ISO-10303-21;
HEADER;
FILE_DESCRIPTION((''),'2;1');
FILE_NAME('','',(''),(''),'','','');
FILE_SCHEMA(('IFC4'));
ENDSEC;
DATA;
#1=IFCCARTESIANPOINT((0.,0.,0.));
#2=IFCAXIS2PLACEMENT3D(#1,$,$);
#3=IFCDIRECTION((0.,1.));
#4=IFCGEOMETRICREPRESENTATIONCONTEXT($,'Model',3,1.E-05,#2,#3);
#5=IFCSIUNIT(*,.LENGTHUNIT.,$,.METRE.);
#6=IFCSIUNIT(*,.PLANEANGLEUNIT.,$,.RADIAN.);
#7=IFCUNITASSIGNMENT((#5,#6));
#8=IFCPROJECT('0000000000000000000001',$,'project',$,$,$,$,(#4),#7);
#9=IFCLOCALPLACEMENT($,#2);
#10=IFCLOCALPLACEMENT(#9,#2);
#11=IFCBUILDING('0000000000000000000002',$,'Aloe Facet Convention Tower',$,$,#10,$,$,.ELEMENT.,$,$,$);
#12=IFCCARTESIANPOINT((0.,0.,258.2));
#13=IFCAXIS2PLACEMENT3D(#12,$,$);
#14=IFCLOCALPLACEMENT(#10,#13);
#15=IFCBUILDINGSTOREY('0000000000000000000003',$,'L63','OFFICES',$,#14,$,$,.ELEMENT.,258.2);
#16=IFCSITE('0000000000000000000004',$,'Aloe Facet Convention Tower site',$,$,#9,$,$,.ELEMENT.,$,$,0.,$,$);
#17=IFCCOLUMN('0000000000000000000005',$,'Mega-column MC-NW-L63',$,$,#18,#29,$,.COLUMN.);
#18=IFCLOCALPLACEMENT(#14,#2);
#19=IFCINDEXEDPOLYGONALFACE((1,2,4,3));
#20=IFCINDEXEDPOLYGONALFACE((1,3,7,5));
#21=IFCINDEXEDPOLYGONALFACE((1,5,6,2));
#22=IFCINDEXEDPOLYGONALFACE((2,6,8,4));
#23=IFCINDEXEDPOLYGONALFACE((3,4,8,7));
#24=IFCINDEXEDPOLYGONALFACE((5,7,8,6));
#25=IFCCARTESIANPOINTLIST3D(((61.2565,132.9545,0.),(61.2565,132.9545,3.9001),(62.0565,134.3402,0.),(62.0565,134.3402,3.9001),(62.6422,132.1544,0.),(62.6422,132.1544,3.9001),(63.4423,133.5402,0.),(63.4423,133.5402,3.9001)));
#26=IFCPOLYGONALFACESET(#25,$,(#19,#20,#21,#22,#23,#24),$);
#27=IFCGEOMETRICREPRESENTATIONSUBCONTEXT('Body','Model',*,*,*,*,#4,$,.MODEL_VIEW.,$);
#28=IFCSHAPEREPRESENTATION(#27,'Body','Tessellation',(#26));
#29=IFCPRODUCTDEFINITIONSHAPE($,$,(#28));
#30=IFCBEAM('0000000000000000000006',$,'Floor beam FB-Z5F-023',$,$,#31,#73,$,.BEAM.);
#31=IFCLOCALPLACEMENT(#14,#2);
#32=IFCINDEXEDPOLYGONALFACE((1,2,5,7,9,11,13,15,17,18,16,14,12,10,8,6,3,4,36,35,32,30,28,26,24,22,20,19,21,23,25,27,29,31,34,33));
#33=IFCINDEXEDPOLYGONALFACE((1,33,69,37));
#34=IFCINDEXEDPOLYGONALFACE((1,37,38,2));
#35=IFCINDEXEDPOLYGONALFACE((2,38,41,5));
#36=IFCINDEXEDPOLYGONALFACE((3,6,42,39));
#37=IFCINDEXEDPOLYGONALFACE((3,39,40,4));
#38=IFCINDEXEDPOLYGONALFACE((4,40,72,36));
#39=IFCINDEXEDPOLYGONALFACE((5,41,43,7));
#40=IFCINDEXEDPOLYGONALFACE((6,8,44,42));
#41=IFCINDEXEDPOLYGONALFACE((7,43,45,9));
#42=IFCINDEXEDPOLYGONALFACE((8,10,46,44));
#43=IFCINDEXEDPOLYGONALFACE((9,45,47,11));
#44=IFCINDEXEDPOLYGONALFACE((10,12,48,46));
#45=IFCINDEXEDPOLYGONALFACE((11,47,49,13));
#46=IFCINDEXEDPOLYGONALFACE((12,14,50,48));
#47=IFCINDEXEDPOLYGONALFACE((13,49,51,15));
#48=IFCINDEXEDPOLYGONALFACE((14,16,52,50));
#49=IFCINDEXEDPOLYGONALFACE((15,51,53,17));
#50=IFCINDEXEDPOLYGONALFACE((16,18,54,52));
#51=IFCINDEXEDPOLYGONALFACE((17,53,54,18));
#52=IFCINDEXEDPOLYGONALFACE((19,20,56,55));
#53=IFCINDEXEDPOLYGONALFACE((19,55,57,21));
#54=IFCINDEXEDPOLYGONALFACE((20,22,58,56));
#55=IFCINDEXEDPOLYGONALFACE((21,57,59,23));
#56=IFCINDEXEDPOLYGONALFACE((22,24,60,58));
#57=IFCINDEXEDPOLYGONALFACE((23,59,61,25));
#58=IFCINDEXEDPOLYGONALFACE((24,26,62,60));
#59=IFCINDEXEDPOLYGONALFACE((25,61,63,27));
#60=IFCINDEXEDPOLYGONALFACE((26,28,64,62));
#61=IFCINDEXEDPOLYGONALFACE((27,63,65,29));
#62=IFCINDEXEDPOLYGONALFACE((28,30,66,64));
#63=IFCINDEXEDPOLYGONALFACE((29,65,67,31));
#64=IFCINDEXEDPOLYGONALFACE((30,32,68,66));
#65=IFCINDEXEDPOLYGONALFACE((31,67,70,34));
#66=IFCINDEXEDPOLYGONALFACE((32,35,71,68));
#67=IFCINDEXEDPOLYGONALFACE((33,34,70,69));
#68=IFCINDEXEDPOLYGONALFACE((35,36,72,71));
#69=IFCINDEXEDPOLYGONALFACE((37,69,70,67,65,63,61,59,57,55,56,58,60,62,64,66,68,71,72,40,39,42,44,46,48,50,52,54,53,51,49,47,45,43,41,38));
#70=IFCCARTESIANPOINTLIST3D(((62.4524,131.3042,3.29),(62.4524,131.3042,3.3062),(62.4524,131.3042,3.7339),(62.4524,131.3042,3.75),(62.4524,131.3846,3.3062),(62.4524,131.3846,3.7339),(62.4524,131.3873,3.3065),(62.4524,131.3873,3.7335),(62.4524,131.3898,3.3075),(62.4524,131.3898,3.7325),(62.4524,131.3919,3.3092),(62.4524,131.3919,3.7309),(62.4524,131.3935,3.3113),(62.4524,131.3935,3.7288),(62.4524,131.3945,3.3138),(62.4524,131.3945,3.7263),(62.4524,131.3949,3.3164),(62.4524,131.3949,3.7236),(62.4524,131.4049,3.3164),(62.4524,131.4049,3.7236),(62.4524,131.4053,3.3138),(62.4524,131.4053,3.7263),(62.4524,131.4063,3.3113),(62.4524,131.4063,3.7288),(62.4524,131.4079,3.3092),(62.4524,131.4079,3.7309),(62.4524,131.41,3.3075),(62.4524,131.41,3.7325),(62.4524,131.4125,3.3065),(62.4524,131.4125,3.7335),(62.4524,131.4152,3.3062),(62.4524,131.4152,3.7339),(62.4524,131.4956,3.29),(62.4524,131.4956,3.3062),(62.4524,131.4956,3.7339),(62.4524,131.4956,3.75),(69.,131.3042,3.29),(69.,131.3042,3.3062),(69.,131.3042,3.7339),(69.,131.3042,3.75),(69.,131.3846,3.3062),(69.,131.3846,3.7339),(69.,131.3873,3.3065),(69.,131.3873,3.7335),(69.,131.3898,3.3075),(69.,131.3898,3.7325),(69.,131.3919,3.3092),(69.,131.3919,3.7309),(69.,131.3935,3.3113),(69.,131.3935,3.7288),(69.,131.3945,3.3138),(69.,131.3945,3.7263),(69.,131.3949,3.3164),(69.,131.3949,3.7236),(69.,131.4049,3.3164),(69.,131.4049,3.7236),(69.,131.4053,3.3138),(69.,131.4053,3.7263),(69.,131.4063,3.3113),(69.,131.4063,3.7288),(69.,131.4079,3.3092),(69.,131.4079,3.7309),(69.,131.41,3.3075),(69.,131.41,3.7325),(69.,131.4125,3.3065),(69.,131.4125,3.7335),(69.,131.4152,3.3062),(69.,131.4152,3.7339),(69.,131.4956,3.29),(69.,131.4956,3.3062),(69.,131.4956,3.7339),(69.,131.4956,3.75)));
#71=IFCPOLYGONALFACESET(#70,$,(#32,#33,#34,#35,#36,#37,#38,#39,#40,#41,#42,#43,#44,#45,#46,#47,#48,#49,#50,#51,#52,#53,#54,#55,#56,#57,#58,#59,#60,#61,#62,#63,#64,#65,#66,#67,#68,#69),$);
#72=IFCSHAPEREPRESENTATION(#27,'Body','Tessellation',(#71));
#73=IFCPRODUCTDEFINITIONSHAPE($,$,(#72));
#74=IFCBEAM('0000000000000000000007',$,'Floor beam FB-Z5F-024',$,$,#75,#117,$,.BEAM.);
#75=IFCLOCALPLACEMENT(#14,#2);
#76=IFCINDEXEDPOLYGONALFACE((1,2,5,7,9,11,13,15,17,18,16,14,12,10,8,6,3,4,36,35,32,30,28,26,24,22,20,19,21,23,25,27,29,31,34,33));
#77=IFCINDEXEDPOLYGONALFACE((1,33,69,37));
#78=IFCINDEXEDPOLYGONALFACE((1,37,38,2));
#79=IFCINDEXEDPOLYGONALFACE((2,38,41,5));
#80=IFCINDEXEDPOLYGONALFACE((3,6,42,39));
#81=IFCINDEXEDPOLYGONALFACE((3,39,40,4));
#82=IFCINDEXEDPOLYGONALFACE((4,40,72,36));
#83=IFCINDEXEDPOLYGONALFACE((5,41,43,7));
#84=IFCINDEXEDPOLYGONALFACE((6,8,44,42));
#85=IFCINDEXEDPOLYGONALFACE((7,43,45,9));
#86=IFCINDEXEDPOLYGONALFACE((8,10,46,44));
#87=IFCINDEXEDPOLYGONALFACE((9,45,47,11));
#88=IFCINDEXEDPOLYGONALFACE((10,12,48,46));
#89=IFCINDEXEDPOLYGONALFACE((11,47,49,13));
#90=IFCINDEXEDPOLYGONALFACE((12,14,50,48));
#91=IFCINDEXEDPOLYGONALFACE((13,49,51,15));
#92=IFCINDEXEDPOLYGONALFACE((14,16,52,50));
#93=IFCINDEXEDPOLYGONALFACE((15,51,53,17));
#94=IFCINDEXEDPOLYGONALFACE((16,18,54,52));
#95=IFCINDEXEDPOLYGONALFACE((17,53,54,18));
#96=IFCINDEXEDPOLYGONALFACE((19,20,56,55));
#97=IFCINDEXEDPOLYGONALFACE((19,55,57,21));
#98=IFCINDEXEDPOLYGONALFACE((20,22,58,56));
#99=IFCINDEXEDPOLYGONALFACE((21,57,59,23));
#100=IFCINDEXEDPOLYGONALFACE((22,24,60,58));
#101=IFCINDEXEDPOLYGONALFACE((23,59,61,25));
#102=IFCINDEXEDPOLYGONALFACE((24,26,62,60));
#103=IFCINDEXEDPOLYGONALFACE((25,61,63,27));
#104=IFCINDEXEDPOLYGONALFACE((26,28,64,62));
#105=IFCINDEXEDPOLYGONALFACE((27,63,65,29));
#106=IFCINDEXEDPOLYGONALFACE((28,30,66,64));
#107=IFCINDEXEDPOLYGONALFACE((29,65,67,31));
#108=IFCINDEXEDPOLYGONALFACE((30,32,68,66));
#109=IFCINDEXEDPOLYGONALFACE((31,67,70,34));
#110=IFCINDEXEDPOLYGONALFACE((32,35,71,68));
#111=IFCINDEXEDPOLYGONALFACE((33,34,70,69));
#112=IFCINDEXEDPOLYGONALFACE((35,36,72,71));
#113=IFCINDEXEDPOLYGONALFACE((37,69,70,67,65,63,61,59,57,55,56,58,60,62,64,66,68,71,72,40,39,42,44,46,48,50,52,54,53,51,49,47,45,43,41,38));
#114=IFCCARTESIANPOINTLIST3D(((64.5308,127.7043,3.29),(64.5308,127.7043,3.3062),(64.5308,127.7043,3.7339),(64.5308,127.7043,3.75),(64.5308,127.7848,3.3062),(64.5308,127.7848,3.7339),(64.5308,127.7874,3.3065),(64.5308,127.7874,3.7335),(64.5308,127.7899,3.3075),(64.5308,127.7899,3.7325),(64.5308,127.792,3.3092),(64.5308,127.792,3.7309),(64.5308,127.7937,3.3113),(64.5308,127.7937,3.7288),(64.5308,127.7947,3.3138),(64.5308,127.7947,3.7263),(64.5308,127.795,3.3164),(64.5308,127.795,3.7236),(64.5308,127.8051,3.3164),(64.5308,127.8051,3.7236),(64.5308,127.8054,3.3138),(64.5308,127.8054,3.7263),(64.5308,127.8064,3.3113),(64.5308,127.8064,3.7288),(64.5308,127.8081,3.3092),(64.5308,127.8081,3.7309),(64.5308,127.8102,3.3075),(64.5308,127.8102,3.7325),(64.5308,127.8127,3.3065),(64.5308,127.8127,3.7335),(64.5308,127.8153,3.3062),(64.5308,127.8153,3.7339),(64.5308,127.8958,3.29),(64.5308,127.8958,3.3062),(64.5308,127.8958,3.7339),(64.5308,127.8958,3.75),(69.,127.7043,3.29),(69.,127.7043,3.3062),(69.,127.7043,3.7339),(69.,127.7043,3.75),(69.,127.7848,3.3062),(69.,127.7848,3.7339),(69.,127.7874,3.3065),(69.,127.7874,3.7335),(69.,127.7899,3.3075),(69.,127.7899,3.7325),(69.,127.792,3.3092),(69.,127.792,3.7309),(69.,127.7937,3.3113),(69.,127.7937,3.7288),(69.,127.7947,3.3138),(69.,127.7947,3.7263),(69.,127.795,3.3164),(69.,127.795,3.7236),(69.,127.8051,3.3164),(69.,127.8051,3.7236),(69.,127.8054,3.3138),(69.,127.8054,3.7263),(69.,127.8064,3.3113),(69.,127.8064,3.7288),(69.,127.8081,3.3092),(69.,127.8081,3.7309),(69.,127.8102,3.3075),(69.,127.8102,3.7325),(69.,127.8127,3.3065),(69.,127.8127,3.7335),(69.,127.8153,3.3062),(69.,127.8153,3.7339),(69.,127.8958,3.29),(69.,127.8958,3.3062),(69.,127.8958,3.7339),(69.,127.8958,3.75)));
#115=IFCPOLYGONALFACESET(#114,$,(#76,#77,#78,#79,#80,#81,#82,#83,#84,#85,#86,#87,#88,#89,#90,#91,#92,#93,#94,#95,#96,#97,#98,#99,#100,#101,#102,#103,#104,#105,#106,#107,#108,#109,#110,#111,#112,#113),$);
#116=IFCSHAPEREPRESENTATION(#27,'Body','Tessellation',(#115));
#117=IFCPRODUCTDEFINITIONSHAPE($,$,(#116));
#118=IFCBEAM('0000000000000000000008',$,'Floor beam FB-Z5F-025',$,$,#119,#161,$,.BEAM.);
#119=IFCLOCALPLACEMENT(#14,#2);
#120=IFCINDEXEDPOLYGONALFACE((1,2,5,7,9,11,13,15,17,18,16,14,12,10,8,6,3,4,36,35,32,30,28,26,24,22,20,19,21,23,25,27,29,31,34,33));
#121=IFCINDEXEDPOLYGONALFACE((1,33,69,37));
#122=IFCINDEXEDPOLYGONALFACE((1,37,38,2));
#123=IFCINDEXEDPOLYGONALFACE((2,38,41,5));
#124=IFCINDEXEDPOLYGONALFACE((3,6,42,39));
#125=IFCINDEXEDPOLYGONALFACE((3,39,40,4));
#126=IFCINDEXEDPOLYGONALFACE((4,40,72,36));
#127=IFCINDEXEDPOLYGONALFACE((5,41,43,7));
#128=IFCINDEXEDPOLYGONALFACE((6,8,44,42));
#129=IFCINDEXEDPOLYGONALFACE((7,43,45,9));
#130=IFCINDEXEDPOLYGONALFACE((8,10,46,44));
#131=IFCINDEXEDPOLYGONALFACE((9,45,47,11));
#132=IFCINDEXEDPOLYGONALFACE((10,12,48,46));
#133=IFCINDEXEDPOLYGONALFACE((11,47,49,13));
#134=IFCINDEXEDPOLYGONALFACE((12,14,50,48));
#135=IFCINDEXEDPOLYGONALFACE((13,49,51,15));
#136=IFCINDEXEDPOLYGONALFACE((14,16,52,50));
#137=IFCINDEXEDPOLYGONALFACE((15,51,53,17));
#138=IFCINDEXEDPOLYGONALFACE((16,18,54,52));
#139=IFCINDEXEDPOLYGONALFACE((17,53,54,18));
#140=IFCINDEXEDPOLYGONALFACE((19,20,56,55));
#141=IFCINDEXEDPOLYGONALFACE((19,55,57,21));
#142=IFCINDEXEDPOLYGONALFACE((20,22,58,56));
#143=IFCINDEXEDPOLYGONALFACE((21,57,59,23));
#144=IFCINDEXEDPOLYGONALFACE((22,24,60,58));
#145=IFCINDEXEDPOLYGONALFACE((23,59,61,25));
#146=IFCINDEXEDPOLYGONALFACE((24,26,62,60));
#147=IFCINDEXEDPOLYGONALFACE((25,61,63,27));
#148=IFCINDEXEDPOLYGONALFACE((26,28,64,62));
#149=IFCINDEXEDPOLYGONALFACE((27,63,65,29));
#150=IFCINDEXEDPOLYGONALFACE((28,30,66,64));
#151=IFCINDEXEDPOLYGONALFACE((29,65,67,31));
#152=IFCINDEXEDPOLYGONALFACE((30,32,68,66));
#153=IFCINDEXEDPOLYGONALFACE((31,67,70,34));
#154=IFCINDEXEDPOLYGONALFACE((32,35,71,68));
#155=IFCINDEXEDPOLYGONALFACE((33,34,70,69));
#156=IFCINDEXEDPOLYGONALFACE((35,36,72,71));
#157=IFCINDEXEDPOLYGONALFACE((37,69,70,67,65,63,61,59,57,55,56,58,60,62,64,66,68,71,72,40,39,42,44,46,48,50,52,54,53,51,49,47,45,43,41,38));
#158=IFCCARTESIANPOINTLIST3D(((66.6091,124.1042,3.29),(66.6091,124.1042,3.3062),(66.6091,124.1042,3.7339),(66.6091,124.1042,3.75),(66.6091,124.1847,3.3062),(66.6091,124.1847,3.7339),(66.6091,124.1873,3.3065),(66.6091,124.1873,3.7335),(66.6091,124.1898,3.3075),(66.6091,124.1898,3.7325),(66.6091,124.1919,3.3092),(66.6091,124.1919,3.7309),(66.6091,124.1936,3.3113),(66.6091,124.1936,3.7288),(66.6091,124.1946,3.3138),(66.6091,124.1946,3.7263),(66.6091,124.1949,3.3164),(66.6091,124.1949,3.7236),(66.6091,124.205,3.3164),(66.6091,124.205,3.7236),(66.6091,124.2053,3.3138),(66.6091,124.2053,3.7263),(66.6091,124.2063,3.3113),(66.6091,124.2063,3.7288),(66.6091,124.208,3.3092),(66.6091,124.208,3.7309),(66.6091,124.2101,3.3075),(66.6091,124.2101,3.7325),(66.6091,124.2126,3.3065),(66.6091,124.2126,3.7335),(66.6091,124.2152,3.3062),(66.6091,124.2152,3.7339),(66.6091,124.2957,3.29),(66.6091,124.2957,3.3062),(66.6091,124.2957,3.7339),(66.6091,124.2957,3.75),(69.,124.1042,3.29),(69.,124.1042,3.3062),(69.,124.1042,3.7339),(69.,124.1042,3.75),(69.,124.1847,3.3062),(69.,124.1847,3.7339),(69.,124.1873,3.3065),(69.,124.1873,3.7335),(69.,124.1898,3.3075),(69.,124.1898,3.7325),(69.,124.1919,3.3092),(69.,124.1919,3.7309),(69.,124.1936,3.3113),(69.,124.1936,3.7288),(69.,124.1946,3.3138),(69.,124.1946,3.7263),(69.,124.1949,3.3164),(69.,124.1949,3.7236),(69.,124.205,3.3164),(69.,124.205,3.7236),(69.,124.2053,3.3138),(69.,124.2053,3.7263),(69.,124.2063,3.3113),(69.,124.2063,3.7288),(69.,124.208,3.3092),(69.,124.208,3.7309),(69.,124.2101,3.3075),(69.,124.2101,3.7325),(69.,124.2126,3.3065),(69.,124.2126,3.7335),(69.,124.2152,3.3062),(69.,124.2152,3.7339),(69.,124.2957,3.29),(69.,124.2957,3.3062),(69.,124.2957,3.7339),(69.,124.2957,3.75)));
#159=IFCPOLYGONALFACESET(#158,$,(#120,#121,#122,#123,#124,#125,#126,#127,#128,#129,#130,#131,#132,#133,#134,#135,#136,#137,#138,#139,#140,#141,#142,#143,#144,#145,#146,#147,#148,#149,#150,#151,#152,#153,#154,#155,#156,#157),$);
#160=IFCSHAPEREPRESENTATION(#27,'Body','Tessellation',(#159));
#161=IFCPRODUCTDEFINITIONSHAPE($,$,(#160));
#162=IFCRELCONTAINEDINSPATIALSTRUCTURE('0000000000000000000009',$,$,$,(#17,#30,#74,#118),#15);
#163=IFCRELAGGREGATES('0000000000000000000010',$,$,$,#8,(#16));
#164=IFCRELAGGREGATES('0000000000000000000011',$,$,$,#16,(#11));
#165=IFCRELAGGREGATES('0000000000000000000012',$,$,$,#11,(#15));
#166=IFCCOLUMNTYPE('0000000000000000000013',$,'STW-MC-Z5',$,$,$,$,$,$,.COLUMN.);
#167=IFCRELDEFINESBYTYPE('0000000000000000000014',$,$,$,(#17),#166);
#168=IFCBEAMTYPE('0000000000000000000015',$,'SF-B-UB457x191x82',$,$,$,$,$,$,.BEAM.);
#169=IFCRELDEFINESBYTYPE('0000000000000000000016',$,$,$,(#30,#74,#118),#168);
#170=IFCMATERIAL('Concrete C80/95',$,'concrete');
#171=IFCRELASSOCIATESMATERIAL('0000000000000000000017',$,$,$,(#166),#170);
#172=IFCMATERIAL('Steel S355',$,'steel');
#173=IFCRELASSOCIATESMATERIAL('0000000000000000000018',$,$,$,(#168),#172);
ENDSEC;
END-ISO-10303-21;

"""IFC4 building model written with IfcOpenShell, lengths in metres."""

from ifc_helpers import new_model, si_unit, direction, frame, origin, origin_2d, place, context, subcontext, project, spatial, rectangle, i_section, extrude, material, material_profile, profile_set, type_object, element, save


model = new_model("IFC4")

# Units and contexts
model_context = context("Model", 3, precision=1e-05, world=origin(), true_north=direction((0.0, 1.0)))
body_context = subcontext(model_context, "Body", "Model", "MODEL_VIEW")
ifc_project = project(units=[si_unit("LENGTHUNIT", "METRE"), si_unit("PLANEANGLEUNIT", "RADIAN")], contexts=[model_context])

# Site, building, storey
site_placement = place(None, origin())
site = spatial("IfcSite", under=ifc_project, at=site_placement, Name="Aloe Facet Convention Tower site", CompositionType="ELEMENT", RefElevation=0.0)
building_placement = place(site_placement, origin())
building = spatial("IfcBuilding", under=site, at=building_placement, Name="Aloe Facet Convention Tower", CompositionType="ELEMENT")
storey_placement = place(building_placement, frame((0.0, 0.0, 258.2)))
storey = spatial("IfcBuildingStorey", under=building, at=storey_placement, Name="L63", Description="OFFICES", CompositionType="ELEMENT", Elevation=258.2)

# Column
ifc_material_1 = material(Name="Concrete C80/95", Category="concrete")
ifc_material_profile_1 = material_profile(ifc_material_1, rectangle(XDim=1.6001, YDim=1.6001, at=origin_2d()), Name="STW-MC-Z5")
ifc_profile_set_1 = profile_set([ifc_material_profile_1], Name="Concrete C80/95")
column_type = type_object("IfcColumnType", Name="STW-MC-Z5", PredefinedType="COLUMN", material=ifc_profile_set_1)
column_placement = place(storey_placement, frame((62.3494, 133.2473, 0.0), z_axis=(0.0, 0.0, 1.0), x_axis=(-0.5, -0.866025, 0.0)))
element("IfcColumn", 1, at=column_placement, inside=storey, type_object=column_type, Name="Mega-column MC-NW-L63", PredefinedType="COLUMN", context=body_context, shape_type="SweptSolid", body=[
    extrude(rectangle(XDim=1.6001, YDim=1.6001, at=origin_2d()), origin(), (0.0, 0.0, 1.0), 3.9001),
])

# Beams
ifc_material_2 = material(Name="Steel S355", Category="steel")
ifc_material_profile_2 = material_profile(ifc_material_2, i_section(OverallWidth=0.1914, OverallDepth=0.46, WebThickness=0.01, FlangeThickness=0.0161, FilletRadius=0.0103, at=origin_2d()), Name="UB 457x191x82")
ifc_profile_set_2 = profile_set([ifc_material_profile_2], Name="Steel S355")
beam_type_1 = type_object("IfcBeamType", Name="SF-B-UB457x191x82", PredefinedType="BEAM", material=ifc_profile_set_2)
beam_1_placement = place(storey_placement, frame((62.4524, 131.3999, 3.52), z_axis=(1.0, 0.0, 0.0), x_axis=(0.0, 1.0, 0.0)))
element("IfcBeam", 2, at=beam_1_placement, inside=storey, type_object=beam_type_1, Name="Floor beam FB-Z5F-023", PredefinedType="BEAM", context=body_context, shape_type="SweptSolid", body=[
    extrude(i_section(OverallWidth=0.1914, OverallDepth=0.46, WebThickness=0.01, FlangeThickness=0.0161, FilletRadius=0.0103, at=origin_2d()), origin(), (0.0, 0.0, 1.0), 6.5476),
])
beam_2_placement = place(storey_placement, frame((64.5308, 127.8, 3.52), z_axis=(1.0, 0.0, 0.0), x_axis=(0.0, 1.0, 0.0)))
element("IfcBeam", 3, at=beam_2_placement, inside=storey, type_object=beam_type_1, Name="Floor beam FB-Z5F-024", PredefinedType="BEAM", context=body_context, shape_type="SweptSolid", body=[
    extrude(i_section(OverallWidth=0.1914, OverallDepth=0.46, WebThickness=0.01, FlangeThickness=0.0161, FilletRadius=0.0103, at=origin_2d()), origin(), (0.0, 0.0, 1.0), 4.4692),
])
beam_3_placement = place(storey_placement, frame((66.6091, 124.2, 3.52), z_axis=(1.0, 0.0, 0.0), x_axis=(0.0, 1.0, 0.0)))
element("IfcBeam", 4, at=beam_3_placement, inside=storey, type_object=beam_type_1, Name="Floor beam FB-Z5F-025", PredefinedType="BEAM", context=body_context, shape_type="SweptSolid", body=[
    extrude(i_section(OverallWidth=0.1914, OverallDepth=0.46, WebThickness=0.01, FlangeThickness=0.0161, FilletRadius=0.0103, at=origin_2d()), origin(), (0.0, 0.0, 1.0), 2.3909),
])

save(model, "model.ifc")
